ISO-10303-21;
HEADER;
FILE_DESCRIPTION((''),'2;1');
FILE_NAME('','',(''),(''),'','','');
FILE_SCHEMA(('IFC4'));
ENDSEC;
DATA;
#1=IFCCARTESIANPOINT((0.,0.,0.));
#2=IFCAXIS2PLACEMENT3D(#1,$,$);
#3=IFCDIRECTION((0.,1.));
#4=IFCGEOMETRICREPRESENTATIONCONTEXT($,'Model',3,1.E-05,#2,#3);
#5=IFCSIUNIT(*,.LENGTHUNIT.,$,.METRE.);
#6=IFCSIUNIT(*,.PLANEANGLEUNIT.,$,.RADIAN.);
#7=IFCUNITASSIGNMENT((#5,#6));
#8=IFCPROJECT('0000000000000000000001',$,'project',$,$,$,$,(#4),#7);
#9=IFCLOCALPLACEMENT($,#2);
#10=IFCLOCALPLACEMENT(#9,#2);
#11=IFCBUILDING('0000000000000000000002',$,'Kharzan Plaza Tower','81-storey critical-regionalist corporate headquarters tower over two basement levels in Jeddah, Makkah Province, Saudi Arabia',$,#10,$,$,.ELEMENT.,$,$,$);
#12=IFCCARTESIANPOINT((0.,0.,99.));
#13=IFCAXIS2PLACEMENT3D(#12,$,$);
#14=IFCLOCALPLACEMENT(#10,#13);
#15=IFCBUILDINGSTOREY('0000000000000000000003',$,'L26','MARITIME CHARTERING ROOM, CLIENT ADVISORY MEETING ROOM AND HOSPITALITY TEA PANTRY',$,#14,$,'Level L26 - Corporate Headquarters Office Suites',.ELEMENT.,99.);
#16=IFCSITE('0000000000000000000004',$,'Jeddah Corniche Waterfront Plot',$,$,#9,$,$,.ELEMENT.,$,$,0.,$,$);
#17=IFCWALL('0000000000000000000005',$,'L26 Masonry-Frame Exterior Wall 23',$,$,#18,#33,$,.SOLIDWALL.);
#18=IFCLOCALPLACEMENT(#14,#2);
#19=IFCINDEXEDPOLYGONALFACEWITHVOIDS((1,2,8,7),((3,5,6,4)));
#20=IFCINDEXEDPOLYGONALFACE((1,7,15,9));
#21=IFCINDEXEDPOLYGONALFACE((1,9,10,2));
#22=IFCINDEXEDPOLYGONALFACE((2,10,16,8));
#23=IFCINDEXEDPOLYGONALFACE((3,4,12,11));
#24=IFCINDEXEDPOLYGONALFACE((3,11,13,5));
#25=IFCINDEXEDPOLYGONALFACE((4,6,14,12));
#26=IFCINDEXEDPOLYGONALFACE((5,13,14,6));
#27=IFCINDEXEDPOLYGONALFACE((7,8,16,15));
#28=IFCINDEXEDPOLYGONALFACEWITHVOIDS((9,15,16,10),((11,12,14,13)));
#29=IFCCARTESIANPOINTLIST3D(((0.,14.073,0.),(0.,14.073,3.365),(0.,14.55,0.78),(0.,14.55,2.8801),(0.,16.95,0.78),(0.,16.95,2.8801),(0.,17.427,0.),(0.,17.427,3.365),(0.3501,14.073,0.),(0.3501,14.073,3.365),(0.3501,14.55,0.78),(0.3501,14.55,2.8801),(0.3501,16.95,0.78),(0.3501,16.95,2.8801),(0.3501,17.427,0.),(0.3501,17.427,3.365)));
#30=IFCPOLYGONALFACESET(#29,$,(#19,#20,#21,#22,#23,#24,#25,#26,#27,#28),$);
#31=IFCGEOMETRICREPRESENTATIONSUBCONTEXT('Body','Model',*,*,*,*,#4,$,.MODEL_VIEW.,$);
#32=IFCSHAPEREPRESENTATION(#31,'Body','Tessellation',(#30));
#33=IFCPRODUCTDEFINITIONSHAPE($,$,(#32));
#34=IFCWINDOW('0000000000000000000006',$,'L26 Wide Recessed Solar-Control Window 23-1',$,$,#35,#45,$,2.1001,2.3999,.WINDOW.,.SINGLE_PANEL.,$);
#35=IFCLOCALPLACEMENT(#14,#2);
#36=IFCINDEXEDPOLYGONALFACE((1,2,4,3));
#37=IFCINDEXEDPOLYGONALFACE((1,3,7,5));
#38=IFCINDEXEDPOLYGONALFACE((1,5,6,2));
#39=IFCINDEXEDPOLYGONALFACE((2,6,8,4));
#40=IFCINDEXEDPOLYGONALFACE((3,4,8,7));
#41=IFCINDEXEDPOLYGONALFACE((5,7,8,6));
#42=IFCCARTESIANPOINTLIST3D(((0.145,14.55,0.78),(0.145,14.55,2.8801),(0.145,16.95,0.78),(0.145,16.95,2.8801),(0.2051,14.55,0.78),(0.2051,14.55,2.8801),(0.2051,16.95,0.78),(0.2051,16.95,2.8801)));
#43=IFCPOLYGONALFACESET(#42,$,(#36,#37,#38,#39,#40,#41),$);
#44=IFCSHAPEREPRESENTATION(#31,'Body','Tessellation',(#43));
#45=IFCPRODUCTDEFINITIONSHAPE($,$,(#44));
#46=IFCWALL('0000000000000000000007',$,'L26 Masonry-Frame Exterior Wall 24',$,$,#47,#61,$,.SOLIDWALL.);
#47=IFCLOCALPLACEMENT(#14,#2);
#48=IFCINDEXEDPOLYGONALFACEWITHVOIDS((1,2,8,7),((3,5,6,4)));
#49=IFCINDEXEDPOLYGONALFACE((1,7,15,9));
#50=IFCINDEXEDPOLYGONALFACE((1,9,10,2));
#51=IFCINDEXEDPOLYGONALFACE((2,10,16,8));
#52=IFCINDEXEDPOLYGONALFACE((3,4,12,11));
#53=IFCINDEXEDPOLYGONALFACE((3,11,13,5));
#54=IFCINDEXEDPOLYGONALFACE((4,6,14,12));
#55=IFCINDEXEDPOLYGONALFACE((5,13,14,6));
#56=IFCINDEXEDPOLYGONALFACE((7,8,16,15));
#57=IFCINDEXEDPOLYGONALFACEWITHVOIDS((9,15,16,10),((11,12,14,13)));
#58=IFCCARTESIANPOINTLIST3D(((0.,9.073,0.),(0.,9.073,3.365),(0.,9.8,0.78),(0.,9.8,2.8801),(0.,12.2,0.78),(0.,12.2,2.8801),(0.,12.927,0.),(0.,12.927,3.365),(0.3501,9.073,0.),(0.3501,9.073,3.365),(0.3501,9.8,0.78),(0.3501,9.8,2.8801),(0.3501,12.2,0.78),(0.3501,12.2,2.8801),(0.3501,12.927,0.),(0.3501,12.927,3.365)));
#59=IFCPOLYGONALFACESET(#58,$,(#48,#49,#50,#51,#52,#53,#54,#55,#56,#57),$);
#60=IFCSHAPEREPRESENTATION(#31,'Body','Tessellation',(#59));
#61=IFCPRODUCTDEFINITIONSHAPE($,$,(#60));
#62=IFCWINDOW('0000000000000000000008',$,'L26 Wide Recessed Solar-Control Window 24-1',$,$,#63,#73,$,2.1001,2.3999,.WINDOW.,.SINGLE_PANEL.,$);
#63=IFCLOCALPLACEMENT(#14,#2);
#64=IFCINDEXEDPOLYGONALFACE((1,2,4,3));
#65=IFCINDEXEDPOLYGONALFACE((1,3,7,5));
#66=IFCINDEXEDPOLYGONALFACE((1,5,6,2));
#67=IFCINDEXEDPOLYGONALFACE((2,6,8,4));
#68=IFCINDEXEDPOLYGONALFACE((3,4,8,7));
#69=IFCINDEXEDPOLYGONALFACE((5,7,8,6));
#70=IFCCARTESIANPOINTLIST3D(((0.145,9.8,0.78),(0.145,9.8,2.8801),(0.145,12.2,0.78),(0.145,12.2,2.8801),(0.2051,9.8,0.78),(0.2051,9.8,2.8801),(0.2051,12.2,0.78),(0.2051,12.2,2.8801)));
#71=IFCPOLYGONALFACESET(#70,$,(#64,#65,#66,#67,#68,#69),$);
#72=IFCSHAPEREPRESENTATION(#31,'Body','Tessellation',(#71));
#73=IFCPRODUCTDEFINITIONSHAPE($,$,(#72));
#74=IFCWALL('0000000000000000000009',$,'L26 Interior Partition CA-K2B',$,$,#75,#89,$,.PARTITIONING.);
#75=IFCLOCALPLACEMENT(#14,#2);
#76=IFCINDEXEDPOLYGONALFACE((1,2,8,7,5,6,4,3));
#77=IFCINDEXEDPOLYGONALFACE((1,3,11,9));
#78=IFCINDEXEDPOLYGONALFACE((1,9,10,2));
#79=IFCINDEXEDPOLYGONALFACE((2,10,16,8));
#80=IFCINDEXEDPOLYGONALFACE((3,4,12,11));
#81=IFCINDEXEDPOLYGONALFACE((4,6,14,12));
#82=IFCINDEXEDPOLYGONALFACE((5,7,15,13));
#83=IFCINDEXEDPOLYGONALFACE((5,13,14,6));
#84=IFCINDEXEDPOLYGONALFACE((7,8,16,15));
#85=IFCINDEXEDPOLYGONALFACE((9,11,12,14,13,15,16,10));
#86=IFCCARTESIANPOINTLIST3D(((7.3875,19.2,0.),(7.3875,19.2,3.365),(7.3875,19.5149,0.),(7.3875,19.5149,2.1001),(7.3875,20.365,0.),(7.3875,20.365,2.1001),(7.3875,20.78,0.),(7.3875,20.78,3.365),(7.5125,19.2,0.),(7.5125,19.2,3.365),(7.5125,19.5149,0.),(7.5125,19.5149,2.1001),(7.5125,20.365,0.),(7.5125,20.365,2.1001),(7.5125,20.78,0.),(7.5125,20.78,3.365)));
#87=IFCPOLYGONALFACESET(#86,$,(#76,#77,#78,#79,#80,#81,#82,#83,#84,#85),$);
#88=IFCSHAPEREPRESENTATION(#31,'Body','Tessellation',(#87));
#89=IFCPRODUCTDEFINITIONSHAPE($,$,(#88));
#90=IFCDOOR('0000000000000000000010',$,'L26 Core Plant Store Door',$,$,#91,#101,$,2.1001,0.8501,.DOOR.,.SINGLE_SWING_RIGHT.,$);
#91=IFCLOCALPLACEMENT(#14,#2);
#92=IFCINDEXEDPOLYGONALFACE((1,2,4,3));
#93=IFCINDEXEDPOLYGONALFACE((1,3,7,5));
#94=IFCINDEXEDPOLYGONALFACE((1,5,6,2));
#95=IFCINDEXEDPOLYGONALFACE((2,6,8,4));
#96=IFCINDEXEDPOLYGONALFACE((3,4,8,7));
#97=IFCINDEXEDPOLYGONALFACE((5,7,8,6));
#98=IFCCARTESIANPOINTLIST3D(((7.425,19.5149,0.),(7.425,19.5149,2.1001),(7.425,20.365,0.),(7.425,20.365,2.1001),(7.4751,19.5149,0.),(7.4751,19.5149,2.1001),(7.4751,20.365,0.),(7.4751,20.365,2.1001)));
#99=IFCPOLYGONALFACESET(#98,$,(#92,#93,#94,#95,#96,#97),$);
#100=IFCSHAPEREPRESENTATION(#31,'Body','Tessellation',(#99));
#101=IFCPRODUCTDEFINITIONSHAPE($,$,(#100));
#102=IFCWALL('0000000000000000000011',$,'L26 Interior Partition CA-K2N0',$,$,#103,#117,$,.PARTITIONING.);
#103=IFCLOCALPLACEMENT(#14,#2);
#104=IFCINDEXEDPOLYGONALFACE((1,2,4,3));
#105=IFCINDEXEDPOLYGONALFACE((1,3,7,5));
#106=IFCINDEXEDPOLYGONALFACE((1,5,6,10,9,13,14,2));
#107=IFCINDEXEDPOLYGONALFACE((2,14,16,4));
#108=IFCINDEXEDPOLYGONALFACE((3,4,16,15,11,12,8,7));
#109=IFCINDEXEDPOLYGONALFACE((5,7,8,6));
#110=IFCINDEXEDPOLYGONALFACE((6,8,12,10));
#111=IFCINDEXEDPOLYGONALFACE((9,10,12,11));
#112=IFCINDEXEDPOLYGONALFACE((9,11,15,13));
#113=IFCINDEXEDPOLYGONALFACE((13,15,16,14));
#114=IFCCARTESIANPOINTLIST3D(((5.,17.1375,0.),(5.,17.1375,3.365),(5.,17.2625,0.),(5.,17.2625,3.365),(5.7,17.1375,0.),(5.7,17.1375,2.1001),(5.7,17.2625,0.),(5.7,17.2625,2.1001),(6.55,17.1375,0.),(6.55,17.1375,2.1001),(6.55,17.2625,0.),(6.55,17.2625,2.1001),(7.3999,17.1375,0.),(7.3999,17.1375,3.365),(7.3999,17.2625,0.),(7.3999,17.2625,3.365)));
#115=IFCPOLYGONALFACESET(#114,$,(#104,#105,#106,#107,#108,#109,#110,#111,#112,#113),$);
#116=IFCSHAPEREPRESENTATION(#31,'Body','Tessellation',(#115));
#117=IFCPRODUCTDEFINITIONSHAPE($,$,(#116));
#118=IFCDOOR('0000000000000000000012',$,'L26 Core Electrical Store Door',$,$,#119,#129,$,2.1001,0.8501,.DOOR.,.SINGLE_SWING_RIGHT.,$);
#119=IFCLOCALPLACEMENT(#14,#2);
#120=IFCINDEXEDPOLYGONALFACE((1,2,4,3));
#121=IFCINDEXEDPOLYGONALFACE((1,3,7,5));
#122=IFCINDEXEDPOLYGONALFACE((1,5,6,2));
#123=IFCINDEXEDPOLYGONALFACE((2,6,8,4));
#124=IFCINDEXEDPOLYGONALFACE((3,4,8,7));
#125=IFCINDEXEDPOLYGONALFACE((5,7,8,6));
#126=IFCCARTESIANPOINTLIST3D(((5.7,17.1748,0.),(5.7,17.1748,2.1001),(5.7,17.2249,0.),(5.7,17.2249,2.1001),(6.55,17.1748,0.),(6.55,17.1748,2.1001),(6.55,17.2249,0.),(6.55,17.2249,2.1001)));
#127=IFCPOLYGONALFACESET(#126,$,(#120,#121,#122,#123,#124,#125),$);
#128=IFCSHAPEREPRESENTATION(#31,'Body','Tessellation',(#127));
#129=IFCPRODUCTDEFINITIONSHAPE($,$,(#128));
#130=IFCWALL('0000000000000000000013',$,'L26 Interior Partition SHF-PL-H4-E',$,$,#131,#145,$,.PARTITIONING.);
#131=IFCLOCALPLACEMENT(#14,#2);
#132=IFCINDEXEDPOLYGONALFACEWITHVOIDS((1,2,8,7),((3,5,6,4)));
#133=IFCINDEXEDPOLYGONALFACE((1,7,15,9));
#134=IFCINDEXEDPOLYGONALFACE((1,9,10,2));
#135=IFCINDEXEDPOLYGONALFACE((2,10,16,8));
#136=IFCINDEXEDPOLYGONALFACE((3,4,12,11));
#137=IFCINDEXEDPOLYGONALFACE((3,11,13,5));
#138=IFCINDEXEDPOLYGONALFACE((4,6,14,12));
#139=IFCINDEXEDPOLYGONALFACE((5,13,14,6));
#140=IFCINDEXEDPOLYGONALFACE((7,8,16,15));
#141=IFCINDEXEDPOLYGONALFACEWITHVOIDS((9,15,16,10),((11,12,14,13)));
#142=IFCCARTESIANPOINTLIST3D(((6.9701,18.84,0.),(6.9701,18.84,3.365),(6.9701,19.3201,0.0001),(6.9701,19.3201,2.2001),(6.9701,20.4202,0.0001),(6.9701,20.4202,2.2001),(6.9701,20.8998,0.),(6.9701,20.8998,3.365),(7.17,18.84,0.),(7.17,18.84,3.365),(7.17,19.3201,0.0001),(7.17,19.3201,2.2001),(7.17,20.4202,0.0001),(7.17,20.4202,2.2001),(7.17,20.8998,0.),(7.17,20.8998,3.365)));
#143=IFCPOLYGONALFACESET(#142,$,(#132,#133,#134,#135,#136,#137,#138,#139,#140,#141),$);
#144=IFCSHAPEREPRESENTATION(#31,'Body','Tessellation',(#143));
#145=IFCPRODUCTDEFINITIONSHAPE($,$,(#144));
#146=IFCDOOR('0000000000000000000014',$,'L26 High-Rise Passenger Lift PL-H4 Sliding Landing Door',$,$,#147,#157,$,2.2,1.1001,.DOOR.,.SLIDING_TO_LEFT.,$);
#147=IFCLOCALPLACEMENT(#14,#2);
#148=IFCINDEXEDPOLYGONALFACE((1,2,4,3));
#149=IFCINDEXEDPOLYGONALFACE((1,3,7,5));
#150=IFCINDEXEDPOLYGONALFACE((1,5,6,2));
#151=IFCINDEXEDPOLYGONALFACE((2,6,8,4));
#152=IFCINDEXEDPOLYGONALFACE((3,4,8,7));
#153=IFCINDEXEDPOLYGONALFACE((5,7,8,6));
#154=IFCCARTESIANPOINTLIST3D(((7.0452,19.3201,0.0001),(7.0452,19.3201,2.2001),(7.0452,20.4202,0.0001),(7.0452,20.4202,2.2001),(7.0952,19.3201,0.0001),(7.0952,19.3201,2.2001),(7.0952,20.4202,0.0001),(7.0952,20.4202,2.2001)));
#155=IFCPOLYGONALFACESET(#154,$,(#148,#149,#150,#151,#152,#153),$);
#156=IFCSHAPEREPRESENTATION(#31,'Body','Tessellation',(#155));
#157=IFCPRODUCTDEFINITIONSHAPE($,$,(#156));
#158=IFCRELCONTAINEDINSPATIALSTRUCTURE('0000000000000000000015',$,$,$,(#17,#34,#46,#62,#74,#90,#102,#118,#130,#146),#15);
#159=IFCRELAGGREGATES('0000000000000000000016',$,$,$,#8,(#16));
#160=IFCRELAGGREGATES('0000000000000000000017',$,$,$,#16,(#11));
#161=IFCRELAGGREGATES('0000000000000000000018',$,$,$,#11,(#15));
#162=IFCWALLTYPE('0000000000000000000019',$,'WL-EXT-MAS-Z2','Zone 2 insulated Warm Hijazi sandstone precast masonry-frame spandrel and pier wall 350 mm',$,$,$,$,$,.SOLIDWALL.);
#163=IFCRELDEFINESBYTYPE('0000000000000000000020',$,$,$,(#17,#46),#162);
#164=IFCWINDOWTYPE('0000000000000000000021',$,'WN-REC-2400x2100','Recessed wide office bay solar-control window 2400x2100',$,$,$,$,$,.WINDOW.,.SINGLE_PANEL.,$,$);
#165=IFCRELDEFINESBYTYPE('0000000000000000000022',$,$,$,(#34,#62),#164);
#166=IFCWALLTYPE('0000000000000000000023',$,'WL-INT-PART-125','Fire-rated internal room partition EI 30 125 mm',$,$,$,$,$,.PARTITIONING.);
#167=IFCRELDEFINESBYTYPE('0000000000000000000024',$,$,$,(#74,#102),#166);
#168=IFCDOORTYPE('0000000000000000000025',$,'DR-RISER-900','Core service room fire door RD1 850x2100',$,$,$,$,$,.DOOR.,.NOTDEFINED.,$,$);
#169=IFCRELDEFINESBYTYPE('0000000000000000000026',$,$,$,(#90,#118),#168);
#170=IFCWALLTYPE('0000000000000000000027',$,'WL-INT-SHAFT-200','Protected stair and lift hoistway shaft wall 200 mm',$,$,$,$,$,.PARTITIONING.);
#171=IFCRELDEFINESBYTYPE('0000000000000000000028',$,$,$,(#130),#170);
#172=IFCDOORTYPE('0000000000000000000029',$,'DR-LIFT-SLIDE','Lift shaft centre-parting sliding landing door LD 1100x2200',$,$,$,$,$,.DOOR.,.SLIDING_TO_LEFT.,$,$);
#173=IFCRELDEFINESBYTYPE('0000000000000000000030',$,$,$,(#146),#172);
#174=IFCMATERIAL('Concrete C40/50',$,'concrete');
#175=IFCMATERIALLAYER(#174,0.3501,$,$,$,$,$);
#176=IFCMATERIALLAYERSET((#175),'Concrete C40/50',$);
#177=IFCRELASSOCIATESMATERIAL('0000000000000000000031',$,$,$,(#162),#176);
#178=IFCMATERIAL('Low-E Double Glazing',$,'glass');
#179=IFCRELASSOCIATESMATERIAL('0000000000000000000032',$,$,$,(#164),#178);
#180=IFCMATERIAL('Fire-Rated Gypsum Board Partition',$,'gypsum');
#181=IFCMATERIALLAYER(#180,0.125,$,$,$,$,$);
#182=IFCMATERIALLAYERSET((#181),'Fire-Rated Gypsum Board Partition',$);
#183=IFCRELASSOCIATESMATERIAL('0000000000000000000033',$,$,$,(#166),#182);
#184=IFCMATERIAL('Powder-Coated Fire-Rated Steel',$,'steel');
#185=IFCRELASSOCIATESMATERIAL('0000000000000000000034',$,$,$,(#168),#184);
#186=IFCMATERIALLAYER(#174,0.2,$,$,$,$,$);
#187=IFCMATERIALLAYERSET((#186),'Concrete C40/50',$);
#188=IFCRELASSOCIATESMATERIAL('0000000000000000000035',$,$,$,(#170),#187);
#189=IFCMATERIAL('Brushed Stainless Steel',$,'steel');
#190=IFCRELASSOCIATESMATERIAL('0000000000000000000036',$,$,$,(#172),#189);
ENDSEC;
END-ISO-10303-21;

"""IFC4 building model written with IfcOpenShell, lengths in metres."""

from ifc_helpers import new_model, si_unit, direction, frame, frame_2d, origin, place, context, subcontext, project, spatial, rectangle, extrude, source, transform, mapped, material, layer, layer_set, type_object, element, fill, save


model = new_model("IFC4")

# Units and contexts
model_context = context("Model", 3, precision=1e-05, world=origin(), true_north=direction((0.0, 1.0)))
body_context = subcontext(model_context, "Body", "Model", "MODEL_VIEW")
ifc_project = project(units=[si_unit("LENGTHUNIT", "METRE"), si_unit("PLANEANGLEUNIT", "RADIAN")], contexts=[model_context])

# Site, building, storey
site_placement = place(None, origin())
site = spatial("IfcSite", under=ifc_project, at=site_placement, Name="Jeddah Corniche Waterfront Plot", CompositionType="ELEMENT", RefElevation=0.0)
building_placement = place(site_placement, origin())
building = spatial("IfcBuilding", under=site, at=building_placement, Name="Kharzan Plaza Tower", Description="81-storey critical-regionalist corporate headquarters tower over two basement levels in Jeddah, Makkah Province, Saudi Arabia", CompositionType="ELEMENT")
storey_placement = place(building_placement, frame((0.0, 0.0, 99.0)))
storey = spatial("IfcBuildingStorey", under=building, at=storey_placement, Name="L26", Description="MARITIME CHARTERING ROOM, CLIENT ADVISORY MEETING ROOM AND HOSPITALITY TEA PANTRY", LongName="Level L26 - Corporate Headquarters Office Suites", CompositionType="ELEMENT", Elevation=99.0)

# Walls, openings, windows
ifc_material_1 = material(Name="Concrete C40/50", Category="concrete")
ifc_layer_1 = layer(ifc_material_1, 0.3501)
ifc_layer_set_1 = layer_set([ifc_layer_1], Name="Concrete C40/50")
wall_type_1 = type_object("IfcWallType", Name="WL-EXT-MAS-Z2", Description="Zone 2 insulated Warm Hijazi sandstone precast masonry-frame spandrel and pier wall 350 mm", PredefinedType="SOLIDWALL", material=ifc_layer_set_1)
wall_1_placement = place(storey_placement, frame((0.175, 17.427, 0.0), z_axis=(0.0, 0.0, 1.0), x_axis=(0.0, -1.0, 0.0)))
wall_1 = element("IfcWall", 1, at=wall_1_placement, inside=storey, type_object=wall_type_1, Name="L26 Masonry-Frame Exterior Wall 23", PredefinedType="SOLIDWALL", context=body_context, shape_type="SweptSolid", body=[
    extrude(rectangle(XDim=3.354, YDim=0.3501, at=frame_2d((1.677, 0.0))), origin(), (0.0, 0.0, 1.0), 3.365),
])
opening_1_placement = place(wall_1_placement, frame((0.4771, 0.0, 0.78)))
opening_1 = element("IfcOpeningElement", 2, at=opening_1_placement, cuts=wall_1, PredefinedType="OPENING", context=body_context, shape_type="SweptSolid", body=[
    extrude(rectangle(XDim=2.3999, YDim=2.1001, at=frame_2d((1.2, 1.05))), frame((0.0, 0.1851, 0.0), z_axis=(0.0, -1.0, 0.0), x_axis=(1.0, 0.0, 0.0)), (0.0, 0.0, 1.0), 0.3701),
])
ifc_material_2 = material(Name="Low-E Double Glazing", Category="glass")
window_type = type_object("IfcWindowType", Name="WN-REC-2400x2100", Description="Recessed wide office bay solar-control window 2400x2100", PartitioningType="SINGLE_PANEL", PredefinedType="WINDOW", material=ifc_material_2)
shared_shape_1 = source(origin(), body_context, "Body", "SweptSolid", [
    extrude(rectangle(XDim=2.3999, YDim=2.1001, at=frame_2d((1.2, 1.05))), frame((0.0, 0.03, 0.0), z_axis=(0.0, -1.0, 0.0), x_axis=(1.0, 0.0, 0.0)), (0.0, 0.0, 1.0), 0.0601),
])
window_1_placement = place(opening_1_placement, origin())
window_1 = element("IfcWindow", 3, at=window_1_placement, inside=storey, type_object=window_type, Name="L26 Wide Recessed Solar-Control Window 23-1", OverallHeight=2.1001, OverallWidth=2.3999, PartitioningType="SINGLE_PANEL", PredefinedType="WINDOW", context=body_context, shape_type="MappedRepresentation", body=[
    mapped(shared_shape_1, transform((0.0, 0.0, 0.0), x_axis=(1.0, 0.0, 0.0), y_axis=(0.0, 1.0, 0.0), z_axis=(0.0, 0.0, 1.0))),
])
fill(opening_1, window_1)
wall_2_placement = place(storey_placement, frame((0.175, 12.927, 0.0), z_axis=(0.0, 0.0, 1.0), x_axis=(0.0, -1.0, 0.0)))
wall_2 = element("IfcWall", 4, at=wall_2_placement, inside=storey, type_object=wall_type_1, Name="L26 Masonry-Frame Exterior Wall 24", PredefinedType="SOLIDWALL", context=body_context, shape_type="SweptSolid", body=[
    extrude(rectangle(XDim=3.854, YDim=0.3501, at=frame_2d((1.927, 0.0))), origin(), (0.0, 0.0, 1.0), 3.365),
])
opening_2_placement = place(wall_2_placement, frame((0.7271, 0.0, 0.78)))
opening_2 = element("IfcOpeningElement", 5, at=opening_2_placement, cuts=wall_2, PredefinedType="OPENING", context=body_context, shape_type="SweptSolid", body=[
    extrude(rectangle(XDim=2.3999, YDim=2.1001, at=frame_2d((1.2, 1.05))), frame((0.0, 0.1851, 0.0), z_axis=(0.0, -1.0, 0.0), x_axis=(1.0, 0.0, 0.0)), (0.0, 0.0, 1.0), 0.3701),
])
window_2_placement = place(opening_2_placement, origin())
window_2 = element("IfcWindow", 6, at=window_2_placement, inside=storey, type_object=window_type, Name="L26 Wide Recessed Solar-Control Window 24-1", OverallHeight=2.1001, OverallWidth=2.3999, PartitioningType="SINGLE_PANEL", PredefinedType="WINDOW", context=body_context, shape_type="MappedRepresentation", body=[
    mapped(shared_shape_1, transform((0.0, 0.0, 0.0), x_axis=(1.0, 0.0, 0.0), y_axis=(0.0, 1.0, 0.0), z_axis=(0.0, 0.0, 1.0))),
])
fill(opening_2, window_2)

# Walls, openings, doors
ifc_material_3 = material(Name="Fire-Rated Gypsum Board Partition", Category="gypsum")
ifc_layer_2 = layer(ifc_material_3, 0.125)
ifc_layer_set_2 = layer_set([ifc_layer_2], Name="Fire-Rated Gypsum Board Partition")
wall_type_2 = type_object("IfcWallType", Name="WL-INT-PART-125", Description="Fire-rated internal room partition EI 30 125 mm", PredefinedType="PARTITIONING", material=ifc_layer_set_2)
wall_3_placement = place(storey_placement, frame((7.45, 19.2, 0.0), z_axis=(0.0, 0.0, 1.0), x_axis=(0.0, 1.0, 0.0)))
wall_3 = element("IfcWall", 7, at=wall_3_placement, inside=storey, type_object=wall_type_2, Name="L26 Interior Partition CA-K2B", PredefinedType="PARTITIONING", context=body_context, shape_type="SweptSolid", body=[
    extrude(rectangle(XDim=1.5801, YDim=0.125, at=frame_2d((0.79, 0.0))), origin(), (0.0, 0.0, 1.0), 3.365),
])
opening_3_placement = place(wall_3_placement, frame((0.3149, 0.0, 0.0)))
opening_3 = element("IfcOpeningElement", 8, at=opening_3_placement, cuts=wall_3, PredefinedType="OPENING", context=body_context, shape_type="SweptSolid", body=[
    extrude(rectangle(XDim=0.8501, YDim=2.1001, at=frame_2d((0.425, 1.05))), frame((0.0, 0.0725, 0.0), z_axis=(0.0, -1.0, 0.0), x_axis=(1.0, 0.0, 0.0)), (0.0, 0.0, 1.0), 0.145),
])
ifc_material_4 = material(Name="Powder-Coated Fire-Rated Steel", Category="steel")
door_type_1 = type_object("IfcDoorType", Name="DR-RISER-900", Description="Core service room fire door RD1 850x2100", OperationType="NOTDEFINED", PredefinedType="DOOR", material=ifc_material_4)
shared_shape_2 = source(origin(), body_context, "Body", "SweptSolid", [
    extrude(rectangle(XDim=0.8501, YDim=2.1001, at=frame_2d((0.425, 1.05))), frame((0.0, 0.0249, 0.0), z_axis=(0.0, -1.0, 0.0), x_axis=(1.0, 0.0, 0.0)), (0.0, 0.0, 1.0), 0.05),
])
door_1_placement = place(opening_3_placement, origin())
door_1 = element("IfcDoor", 9, at=door_1_placement, inside=storey, type_object=door_type_1, Name="L26 Core Plant Store Door", OperationType="SINGLE_SWING_RIGHT", OverallHeight=2.1001, OverallWidth=0.8501, PredefinedType="DOOR", context=body_context, shape_type="MappedRepresentation", body=[
    mapped(shared_shape_2, transform((0.0, 0.0, 0.0), x_axis=(1.0, 0.0, 0.0), y_axis=(0.0, 1.0, 0.0), z_axis=(0.0, 0.0, 1.0))),
])
fill(opening_3, door_1)
wall_4_placement = place(storey_placement, frame((5.0, 17.2, 0.0), z_axis=(0.0, 0.0, 1.0), x_axis=(1.0, 0.0, 0.0)))
wall_4 = element("IfcWall", 10, at=wall_4_placement, inside=storey, type_object=wall_type_2, Name="L26 Interior Partition CA-K2N0", PredefinedType="PARTITIONING", context=body_context, shape_type="SweptSolid", body=[
    extrude(rectangle(XDim=2.3999, YDim=0.125, at=frame_2d((1.2, 0.0))), origin(), (0.0, 0.0, 1.0), 3.365),
])
opening_4_placement = place(wall_4_placement, frame((0.7, 0.0, 0.0)))
opening_4 = element("IfcOpeningElement", 11, at=opening_4_placement, cuts=wall_4, PredefinedType="OPENING", context=body_context, shape_type="SweptSolid", body=[
    extrude(rectangle(XDim=0.8501, YDim=2.1001, at=frame_2d((0.425, 1.05))), frame((0.0, 0.0725, 0.0), z_axis=(0.0, -1.0, 0.0), x_axis=(1.0, 0.0, 0.0)), (0.0, 0.0, 1.0), 0.145),
])
door_2_placement = place(opening_4_placement, origin())
door_2 = element("IfcDoor", 12, at=door_2_placement, inside=storey, type_object=door_type_1, Name="L26 Core Electrical Store Door", OperationType="SINGLE_SWING_RIGHT", OverallHeight=2.1001, OverallWidth=0.8501, PredefinedType="DOOR", context=body_context, shape_type="MappedRepresentation", body=[
    mapped(shared_shape_2, transform((0.0, 0.0, 0.0), x_axis=(1.0, 0.0, 0.0), y_axis=(0.0, 1.0, 0.0), z_axis=(0.0, 0.0, 1.0))),
])
fill(opening_4, door_2)
ifc_layer_3 = layer(ifc_material_1, 0.2)
ifc_layer_set_3 = layer_set([ifc_layer_3], Name="Concrete C40/50")
wall_type_3 = type_object("IfcWallType", Name="WL-INT-SHAFT-200", Description="Protected stair and lift hoistway shaft wall 200 mm", PredefinedType="PARTITIONING", material=ifc_layer_set_3)
wall_5_placement = place(storey_placement, frame((7.0701, 18.8401, 0.0), z_axis=(0.0, 0.0, 1.0), x_axis=(0.0, 1.0, 0.0)))
wall_5 = element("IfcWall", 13, at=wall_5_placement, inside=storey, type_object=wall_type_3, Name="L26 Interior Partition SHF-PL-H4-E", PredefinedType="PARTITIONING", context=body_context, shape_type="SweptSolid", body=[
    extrude(rectangle(XDim=2.0598, YDim=0.2, at=frame_2d((1.0298, 0.0))), origin(), (0.0, 0.0, 1.0), 3.365),
])
opening_5_placement = place(wall_5_placement, frame((0.48, 0.0, 0.0)))
opening_5 = element("IfcOpeningElement", 14, at=opening_5_placement, cuts=wall_5, PredefinedType="OPENING", context=body_context, shape_type="SweptSolid", body=[
    extrude(rectangle(XDim=1.1001, YDim=2.2, at=frame_2d((0.55, 1.1001))), frame((0.0, 0.1099, 0.0), z_axis=(0.0, -1.0, 0.0), x_axis=(1.0, 0.0, 0.0)), (0.0, 0.0, 1.0), 0.22),
])
ifc_material_5 = material(Name="Brushed Stainless Steel", Category="steel")
door_type_2 = type_object("IfcDoorType", Name="DR-LIFT-SLIDE", Description="Lift shaft centre-parting sliding landing door LD 1100x2200", OperationType="SLIDING_TO_LEFT", PredefinedType="DOOR", material=ifc_material_5)
shared_shape_3 = source(origin(), body_context, "Body", "SweptSolid", [
    extrude(rectangle(XDim=1.1001, YDim=2.2, at=frame_2d((0.55, 1.1001))), frame((0.0, 0.0249, 0.0), z_axis=(0.0, -1.0, 0.0), x_axis=(1.0, 0.0, 0.0)), (0.0, 0.0, 1.0), 0.05),
])
door_3_placement = place(opening_5_placement, origin())
door_3 = element("IfcDoor", 15, at=door_3_placement, inside=storey, type_object=door_type_2, Name="L26 High-Rise Passenger Lift PL-H4 Sliding Landing Door", OperationType="SLIDING_TO_LEFT", OverallHeight=2.2, OverallWidth=1.1001, PredefinedType="DOOR", context=body_context, shape_type="MappedRepresentation", body=[
    mapped(shared_shape_3, transform((0.0, 0.0, 0.0), x_axis=(1.0, 0.0, 0.0), y_axis=(0.0, 1.0, 0.0), z_axis=(0.0, 0.0, 1.0))),
])
fill(opening_5, door_3)

save(model, "model.ifc")
